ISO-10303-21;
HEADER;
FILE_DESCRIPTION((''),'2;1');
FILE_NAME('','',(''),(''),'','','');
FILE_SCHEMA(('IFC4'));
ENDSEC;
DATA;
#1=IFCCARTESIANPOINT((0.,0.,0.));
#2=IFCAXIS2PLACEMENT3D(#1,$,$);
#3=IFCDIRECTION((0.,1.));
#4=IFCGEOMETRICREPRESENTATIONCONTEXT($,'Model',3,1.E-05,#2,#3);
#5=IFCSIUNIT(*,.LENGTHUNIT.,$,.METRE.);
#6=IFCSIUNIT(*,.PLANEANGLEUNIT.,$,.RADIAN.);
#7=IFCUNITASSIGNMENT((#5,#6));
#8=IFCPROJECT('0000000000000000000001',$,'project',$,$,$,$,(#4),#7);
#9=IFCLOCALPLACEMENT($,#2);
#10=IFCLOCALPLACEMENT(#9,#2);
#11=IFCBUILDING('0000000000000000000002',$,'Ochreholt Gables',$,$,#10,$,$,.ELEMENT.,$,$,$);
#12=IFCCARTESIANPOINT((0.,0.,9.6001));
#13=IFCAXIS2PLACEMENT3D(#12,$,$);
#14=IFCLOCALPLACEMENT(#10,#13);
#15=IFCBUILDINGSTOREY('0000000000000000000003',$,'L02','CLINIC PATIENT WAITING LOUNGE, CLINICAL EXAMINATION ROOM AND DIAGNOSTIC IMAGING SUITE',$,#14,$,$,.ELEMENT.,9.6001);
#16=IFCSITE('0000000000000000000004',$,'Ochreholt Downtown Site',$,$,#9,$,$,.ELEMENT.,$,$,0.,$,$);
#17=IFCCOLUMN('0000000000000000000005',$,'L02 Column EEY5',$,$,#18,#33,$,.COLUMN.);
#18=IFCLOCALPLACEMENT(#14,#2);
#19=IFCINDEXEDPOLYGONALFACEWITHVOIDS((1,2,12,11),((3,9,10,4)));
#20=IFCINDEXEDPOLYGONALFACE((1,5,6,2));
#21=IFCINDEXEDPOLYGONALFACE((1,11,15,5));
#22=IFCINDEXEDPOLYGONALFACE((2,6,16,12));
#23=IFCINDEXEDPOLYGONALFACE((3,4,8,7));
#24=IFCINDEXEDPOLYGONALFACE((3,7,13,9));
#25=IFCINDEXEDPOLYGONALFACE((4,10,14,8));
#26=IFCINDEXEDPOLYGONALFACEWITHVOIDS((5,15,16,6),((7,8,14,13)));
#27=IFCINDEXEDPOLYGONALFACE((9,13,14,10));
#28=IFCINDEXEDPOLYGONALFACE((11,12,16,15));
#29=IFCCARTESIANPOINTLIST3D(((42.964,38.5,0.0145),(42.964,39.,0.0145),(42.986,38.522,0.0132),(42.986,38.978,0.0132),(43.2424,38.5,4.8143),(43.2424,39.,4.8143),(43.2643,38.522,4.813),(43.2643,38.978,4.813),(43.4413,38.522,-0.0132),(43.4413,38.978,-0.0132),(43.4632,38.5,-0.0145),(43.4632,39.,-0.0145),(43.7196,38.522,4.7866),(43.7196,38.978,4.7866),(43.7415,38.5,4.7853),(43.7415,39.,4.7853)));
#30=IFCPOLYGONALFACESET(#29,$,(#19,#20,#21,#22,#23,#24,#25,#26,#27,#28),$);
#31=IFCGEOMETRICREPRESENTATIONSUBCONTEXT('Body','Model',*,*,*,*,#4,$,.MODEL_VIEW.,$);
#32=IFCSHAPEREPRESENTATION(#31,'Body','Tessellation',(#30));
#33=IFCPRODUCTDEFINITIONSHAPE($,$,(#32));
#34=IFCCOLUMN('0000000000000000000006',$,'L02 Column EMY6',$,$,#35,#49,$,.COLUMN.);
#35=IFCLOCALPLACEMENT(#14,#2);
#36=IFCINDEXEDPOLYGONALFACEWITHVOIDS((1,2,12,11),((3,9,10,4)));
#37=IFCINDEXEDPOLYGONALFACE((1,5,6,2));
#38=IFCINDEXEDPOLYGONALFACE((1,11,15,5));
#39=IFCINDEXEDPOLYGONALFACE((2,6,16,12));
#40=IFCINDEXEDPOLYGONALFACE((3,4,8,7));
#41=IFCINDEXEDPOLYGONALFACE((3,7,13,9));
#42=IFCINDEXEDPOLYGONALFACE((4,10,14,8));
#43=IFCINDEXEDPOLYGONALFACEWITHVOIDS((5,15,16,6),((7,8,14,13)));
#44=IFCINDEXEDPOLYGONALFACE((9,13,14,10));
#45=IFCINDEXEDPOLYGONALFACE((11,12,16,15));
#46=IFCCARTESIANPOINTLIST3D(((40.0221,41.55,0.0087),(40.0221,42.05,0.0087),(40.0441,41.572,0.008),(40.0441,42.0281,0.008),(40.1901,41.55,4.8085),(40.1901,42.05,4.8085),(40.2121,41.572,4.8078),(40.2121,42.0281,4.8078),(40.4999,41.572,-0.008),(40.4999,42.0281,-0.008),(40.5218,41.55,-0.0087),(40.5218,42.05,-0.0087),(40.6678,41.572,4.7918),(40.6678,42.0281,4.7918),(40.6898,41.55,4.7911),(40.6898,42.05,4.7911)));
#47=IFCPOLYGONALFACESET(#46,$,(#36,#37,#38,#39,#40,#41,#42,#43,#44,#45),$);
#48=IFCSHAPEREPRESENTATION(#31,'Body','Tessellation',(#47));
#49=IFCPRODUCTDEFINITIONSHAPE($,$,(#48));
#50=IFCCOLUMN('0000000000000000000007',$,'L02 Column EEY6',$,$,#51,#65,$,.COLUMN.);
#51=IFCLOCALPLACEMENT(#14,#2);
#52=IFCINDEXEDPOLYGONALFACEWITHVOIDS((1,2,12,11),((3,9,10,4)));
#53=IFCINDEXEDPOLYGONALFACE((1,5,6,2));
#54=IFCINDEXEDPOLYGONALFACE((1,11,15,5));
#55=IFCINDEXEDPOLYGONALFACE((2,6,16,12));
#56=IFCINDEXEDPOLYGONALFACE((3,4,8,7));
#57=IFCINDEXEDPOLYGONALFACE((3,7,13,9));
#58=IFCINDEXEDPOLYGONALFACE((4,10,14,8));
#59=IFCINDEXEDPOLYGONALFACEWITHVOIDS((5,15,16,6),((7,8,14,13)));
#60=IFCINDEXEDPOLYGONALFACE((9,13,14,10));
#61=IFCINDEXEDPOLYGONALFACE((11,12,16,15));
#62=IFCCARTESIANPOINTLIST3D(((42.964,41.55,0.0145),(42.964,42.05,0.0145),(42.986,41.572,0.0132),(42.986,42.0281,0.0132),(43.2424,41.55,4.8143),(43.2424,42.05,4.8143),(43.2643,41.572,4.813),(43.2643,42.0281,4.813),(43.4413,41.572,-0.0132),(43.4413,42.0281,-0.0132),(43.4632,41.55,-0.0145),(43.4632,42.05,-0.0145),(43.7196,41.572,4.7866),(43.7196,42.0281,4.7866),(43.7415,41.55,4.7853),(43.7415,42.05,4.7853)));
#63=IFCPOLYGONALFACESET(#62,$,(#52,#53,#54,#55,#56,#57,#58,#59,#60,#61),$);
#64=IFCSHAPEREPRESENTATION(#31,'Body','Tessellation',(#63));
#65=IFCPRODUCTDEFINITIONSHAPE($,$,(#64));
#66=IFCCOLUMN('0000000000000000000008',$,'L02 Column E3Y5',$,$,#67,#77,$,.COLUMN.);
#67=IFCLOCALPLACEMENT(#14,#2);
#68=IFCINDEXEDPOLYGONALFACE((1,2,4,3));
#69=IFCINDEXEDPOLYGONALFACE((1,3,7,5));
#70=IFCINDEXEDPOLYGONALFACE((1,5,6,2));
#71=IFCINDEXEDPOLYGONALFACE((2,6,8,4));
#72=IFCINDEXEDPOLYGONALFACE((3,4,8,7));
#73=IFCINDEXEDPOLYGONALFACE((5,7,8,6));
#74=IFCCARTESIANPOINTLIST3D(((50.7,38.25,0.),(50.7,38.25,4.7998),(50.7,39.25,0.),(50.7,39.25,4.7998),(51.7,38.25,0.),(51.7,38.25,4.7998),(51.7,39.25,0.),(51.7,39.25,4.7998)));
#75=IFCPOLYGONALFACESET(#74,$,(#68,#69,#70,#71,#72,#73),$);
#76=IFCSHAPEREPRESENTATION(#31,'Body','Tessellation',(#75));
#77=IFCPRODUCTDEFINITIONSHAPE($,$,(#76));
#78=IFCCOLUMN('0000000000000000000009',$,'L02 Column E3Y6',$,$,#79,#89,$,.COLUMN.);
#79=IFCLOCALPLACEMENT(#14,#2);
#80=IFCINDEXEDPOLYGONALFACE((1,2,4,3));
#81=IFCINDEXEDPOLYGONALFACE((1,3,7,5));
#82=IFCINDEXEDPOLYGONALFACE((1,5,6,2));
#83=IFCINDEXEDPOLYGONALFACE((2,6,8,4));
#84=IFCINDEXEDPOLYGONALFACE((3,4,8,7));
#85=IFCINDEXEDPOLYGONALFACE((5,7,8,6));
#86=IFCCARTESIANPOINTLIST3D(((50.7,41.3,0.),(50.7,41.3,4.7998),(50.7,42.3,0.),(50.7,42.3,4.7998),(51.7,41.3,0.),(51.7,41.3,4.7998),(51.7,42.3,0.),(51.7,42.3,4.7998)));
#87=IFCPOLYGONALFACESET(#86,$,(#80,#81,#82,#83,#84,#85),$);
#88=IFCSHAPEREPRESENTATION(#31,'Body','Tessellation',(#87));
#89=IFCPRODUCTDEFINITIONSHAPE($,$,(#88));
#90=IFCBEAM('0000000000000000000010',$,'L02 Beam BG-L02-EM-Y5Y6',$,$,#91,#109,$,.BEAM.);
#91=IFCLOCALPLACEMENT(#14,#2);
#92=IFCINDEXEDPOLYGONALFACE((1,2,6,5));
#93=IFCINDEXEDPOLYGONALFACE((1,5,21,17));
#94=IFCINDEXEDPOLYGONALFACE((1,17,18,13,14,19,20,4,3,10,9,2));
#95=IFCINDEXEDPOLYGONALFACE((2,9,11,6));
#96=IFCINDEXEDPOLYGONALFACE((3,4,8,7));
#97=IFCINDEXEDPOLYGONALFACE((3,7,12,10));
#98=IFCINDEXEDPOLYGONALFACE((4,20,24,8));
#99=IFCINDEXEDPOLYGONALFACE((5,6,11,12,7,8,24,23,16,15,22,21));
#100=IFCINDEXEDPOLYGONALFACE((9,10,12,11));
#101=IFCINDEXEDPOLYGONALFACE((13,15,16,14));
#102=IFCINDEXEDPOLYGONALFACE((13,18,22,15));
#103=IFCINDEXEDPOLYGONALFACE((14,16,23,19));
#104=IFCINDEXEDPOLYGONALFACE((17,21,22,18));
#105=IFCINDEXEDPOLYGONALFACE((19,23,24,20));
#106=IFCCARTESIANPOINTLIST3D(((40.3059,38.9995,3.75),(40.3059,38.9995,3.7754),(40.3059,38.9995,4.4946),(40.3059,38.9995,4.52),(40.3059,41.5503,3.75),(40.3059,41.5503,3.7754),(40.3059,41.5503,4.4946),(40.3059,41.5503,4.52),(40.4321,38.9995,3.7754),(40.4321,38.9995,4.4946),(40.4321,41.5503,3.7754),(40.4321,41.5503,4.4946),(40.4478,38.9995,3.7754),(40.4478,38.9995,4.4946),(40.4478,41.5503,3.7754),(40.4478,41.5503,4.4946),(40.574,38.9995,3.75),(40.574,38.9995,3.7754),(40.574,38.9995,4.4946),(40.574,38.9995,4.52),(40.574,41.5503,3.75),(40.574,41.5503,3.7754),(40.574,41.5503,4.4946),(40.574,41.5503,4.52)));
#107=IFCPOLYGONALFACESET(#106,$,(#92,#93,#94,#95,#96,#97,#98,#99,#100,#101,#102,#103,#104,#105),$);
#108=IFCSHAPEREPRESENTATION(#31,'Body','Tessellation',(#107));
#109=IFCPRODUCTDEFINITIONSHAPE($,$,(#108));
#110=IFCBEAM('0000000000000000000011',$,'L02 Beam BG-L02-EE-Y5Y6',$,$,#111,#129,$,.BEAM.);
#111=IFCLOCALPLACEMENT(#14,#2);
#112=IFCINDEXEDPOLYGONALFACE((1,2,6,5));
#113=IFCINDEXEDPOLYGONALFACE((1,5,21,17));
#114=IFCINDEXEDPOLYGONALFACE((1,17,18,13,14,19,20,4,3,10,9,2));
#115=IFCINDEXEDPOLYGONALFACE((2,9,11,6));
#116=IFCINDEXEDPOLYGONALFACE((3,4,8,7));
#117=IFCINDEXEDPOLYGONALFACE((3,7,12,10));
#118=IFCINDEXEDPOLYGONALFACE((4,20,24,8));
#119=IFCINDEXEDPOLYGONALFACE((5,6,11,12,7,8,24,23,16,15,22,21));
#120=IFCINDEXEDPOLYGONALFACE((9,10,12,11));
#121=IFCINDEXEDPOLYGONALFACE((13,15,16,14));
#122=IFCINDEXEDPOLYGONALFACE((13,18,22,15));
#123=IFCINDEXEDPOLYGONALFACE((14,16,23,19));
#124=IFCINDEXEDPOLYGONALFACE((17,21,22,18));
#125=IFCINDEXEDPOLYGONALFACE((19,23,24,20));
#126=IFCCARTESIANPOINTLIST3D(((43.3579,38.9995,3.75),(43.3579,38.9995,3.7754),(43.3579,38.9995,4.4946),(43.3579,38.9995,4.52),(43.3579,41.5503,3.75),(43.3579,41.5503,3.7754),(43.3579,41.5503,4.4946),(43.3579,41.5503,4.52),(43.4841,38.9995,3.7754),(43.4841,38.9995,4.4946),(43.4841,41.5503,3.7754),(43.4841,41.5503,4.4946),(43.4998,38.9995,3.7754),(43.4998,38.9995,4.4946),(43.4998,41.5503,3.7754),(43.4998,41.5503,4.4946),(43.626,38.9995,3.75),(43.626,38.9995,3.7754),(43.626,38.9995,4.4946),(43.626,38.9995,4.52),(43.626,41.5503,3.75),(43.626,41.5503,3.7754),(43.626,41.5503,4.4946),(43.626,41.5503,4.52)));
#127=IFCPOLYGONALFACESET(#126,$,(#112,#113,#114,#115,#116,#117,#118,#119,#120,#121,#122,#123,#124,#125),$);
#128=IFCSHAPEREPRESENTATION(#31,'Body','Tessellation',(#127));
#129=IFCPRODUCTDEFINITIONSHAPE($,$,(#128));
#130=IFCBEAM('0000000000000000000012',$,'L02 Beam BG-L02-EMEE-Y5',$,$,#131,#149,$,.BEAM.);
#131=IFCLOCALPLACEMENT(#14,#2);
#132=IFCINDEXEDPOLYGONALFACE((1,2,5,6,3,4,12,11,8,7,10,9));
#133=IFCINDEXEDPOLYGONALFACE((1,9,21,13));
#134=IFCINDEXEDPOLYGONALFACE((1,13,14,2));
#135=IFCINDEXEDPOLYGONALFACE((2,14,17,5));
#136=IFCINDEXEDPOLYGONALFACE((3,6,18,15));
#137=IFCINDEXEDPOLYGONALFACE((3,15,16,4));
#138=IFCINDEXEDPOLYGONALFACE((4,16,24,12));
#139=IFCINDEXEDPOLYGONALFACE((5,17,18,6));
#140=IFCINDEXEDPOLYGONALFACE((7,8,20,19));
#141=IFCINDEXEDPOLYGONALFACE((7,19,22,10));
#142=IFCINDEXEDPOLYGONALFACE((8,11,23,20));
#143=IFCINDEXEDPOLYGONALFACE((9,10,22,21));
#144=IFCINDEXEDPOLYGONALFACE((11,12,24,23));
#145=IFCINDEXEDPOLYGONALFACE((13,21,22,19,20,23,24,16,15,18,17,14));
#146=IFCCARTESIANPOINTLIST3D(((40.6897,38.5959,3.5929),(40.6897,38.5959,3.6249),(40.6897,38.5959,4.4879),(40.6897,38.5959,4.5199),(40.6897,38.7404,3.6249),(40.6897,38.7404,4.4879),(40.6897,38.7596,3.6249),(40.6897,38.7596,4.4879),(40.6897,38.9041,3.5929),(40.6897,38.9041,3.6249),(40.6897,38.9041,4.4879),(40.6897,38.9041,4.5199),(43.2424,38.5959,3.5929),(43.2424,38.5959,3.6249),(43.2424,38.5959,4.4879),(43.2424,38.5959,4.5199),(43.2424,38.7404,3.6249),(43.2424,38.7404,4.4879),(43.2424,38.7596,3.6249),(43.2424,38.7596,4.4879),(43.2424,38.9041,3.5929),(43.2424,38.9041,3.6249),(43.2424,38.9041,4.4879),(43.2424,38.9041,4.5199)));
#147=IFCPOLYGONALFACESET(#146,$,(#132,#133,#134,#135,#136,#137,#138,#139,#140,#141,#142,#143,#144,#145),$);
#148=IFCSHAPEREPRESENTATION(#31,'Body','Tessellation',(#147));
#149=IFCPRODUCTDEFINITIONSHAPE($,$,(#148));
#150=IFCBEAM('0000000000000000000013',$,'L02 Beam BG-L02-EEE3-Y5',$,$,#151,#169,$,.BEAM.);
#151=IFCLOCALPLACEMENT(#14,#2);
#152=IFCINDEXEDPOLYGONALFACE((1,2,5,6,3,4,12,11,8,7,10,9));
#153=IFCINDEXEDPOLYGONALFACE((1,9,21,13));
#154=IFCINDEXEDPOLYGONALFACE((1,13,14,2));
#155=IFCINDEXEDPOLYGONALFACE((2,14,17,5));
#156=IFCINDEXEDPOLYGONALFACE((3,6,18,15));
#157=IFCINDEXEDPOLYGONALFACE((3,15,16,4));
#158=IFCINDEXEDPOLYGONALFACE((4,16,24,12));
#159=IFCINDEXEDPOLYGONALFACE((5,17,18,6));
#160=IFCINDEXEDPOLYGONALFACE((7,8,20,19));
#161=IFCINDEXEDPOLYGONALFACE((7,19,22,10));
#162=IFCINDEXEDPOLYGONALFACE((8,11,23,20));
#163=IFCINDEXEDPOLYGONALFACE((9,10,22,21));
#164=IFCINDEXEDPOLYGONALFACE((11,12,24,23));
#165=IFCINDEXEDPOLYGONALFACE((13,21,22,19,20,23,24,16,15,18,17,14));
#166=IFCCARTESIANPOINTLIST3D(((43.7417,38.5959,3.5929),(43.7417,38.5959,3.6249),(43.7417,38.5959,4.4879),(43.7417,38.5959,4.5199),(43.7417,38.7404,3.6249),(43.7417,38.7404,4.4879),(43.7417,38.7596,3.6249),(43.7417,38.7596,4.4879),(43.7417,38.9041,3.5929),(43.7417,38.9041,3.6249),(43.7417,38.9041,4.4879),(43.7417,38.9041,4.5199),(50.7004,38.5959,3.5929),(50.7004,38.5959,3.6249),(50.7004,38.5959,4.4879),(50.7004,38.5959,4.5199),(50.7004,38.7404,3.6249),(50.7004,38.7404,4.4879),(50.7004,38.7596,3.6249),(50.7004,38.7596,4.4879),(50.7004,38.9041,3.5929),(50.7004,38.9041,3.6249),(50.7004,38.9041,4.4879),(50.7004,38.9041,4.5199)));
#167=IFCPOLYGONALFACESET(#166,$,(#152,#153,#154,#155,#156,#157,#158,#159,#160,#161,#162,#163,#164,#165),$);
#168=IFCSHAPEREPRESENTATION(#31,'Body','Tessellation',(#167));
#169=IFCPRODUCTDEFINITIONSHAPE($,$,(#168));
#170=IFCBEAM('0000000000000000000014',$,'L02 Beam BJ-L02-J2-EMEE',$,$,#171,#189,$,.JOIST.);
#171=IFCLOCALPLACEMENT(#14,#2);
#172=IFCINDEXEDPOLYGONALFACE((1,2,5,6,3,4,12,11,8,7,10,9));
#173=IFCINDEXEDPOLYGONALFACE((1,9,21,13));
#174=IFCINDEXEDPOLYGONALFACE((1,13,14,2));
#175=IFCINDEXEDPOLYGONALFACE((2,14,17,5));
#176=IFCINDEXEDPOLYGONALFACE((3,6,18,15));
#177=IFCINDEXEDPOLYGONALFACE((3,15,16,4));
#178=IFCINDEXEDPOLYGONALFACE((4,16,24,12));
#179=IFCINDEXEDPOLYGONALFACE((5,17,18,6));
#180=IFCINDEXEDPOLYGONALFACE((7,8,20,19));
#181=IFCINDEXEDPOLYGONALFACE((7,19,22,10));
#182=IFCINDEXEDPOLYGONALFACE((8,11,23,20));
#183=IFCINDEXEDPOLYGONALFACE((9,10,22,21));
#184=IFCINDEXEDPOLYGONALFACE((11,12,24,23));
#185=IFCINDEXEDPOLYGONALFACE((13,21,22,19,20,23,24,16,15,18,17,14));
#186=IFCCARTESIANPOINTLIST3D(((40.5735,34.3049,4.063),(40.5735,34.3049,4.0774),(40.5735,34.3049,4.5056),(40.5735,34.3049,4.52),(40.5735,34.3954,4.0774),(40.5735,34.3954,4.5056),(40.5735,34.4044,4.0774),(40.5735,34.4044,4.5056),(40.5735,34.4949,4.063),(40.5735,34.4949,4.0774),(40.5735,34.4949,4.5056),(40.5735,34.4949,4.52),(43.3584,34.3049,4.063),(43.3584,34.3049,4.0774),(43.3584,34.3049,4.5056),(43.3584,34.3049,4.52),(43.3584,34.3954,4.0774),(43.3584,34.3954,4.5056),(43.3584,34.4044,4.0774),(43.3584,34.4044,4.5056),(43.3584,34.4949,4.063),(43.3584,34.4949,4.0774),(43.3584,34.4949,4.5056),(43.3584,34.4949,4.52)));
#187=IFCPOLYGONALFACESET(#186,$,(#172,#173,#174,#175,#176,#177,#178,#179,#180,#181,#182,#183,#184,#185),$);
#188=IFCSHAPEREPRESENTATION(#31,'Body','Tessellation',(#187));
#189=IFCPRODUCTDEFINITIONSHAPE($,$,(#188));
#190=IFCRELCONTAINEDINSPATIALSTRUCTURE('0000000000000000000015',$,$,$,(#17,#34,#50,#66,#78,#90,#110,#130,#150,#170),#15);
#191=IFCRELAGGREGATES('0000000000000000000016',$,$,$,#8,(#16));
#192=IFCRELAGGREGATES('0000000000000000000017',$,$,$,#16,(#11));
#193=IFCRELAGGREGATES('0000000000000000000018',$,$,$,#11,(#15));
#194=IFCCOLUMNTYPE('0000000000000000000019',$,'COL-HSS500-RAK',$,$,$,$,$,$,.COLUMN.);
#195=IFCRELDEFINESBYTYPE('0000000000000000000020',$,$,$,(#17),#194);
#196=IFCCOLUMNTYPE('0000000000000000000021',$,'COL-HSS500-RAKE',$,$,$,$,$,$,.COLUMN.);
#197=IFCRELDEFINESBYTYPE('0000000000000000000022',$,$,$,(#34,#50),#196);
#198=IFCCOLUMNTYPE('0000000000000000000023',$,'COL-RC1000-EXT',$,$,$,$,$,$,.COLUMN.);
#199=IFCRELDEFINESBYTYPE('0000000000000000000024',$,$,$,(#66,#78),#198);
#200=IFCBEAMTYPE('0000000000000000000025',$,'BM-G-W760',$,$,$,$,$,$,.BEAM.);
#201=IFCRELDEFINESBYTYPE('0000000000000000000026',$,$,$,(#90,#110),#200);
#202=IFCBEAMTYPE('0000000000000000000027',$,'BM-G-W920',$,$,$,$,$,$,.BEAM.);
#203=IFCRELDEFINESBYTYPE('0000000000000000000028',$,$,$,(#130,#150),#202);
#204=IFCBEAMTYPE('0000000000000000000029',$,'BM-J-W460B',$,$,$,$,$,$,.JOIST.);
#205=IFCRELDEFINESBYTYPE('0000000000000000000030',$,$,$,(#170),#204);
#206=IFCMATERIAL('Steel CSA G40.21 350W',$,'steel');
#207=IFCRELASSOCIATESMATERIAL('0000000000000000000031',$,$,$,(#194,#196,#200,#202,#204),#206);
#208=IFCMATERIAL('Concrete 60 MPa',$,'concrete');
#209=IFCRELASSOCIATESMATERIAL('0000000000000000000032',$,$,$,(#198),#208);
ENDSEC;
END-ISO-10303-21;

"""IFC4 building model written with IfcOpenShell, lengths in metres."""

from ifc_helpers import new_model, si_unit, direction, frame, origin, origin_2d, place, context, subcontext, project, spatial, rectangle, hollow_rectangle, i_section, extrude, material, material_profile, profile_set, type_object, element, save


model = new_model("IFC4")

# Units and contexts
model_context = context("Model", 3, precision=1e-05, world=origin(), true_north=direction((0.0, 1.0)))
body_context = subcontext(model_context, "Body", "Model", "MODEL_VIEW")
ifc_project = project(units=[si_unit("LENGTHUNIT", "METRE"), si_unit("PLANEANGLEUNIT", "RADIAN")], contexts=[model_context])

# Site, building, storey
site_placement = place(None, origin())
site = spatial("IfcSite", under=ifc_project, at=site_placement, Name="Ochreholt Downtown Site", CompositionType="ELEMENT", RefElevation=0.0)
building_placement = place(site_placement, origin())
building = spatial("IfcBuilding", under=site, at=building_placement, Name="Ochreholt Gables", CompositionType="ELEMENT")
storey_placement = place(building_placement, frame((0.0, 0.0, 9.6001)))
storey = spatial("IfcBuildingStorey", under=building, at=storey_placement, Name="L02", Description="CLINIC PATIENT WAITING LOUNGE, CLINICAL EXAMINATION ROOM AND DIAGNOSTIC IMAGING SUITE", CompositionType="ELEMENT", Elevation=9.6001)

# Columns
ifc_material_1 = material(Name="Steel CSA G40.21 350W", Category="steel")
ifc_material_profile_1 = material_profile(ifc_material_1, hollow_rectangle(XDim=0.5, YDim=0.5, WallThickness=0.022, at=origin_2d()), Name="HSS500X500X22")
ifc_profile_set_1 = profile_set([ifc_material_profile_1], Name="Steel CSA G40.21 350W")
column_type_1 = type_object("IfcColumnType", Name="COL-HSS500-RAK", PredefinedType="COLUMN", material=ifc_profile_set_1)
column_1_placement = place(storey_placement, frame((43.2136, 38.75, 0.0), z_axis=(0.057889, 0.0, 0.998323), x_axis=(0.0, 1.0, 0.0)))
element("IfcColumn", 1, at=column_1_placement, inside=storey, type_object=column_type_1, Name="L02 Column EEY5", PredefinedType="COLUMN", context=body_context, shape_type="SweptSolid", body=[
    extrude(hollow_rectangle(XDim=0.5, YDim=0.5, WallThickness=0.022, at=origin_2d()), origin(), (0.0, 0.0, 1.0), 4.8079),
])
ifc_material_profile_2 = material_profile(ifc_material_1, hollow_rectangle(XDim=0.5, YDim=0.5, WallThickness=0.022, at=origin_2d()), Name="HSS500X500X22")
ifc_profile_set_2 = profile_set([ifc_material_profile_2], Name="Steel CSA G40.21 350W")
column_type_2 = type_object("IfcColumnType", Name="COL-HSS500-RAKE", PredefinedType="COLUMN", material=ifc_profile_set_2)
column_2_placement = place(storey_placement, frame((40.272, 41.8, 0.0), z_axis=(0.034974, 0.0, 0.999388), x_axis=(0.0, 1.0, 0.0)))
element("IfcColumn", 2, at=column_2_placement, inside=storey, type_object=column_type_2, Name="L02 Column EMY6", PredefinedType="COLUMN", context=body_context, shape_type="SweptSolid", body=[
    extrude(hollow_rectangle(XDim=0.5, YDim=0.5, WallThickness=0.022, at=origin_2d()), origin(), (0.0, 0.0, 1.0), 4.8027),
])
column_3_placement = place(storey_placement, frame((43.2136, 41.8, 0.0), z_axis=(0.057889, 0.0, 0.998323), x_axis=(0.0, 1.0, 0.0)))
element("IfcColumn", 3, at=column_3_placement, inside=storey, type_object=column_type_2, Name="L02 Column EEY6", PredefinedType="COLUMN", context=body_context, shape_type="SweptSolid", body=[
    extrude(hollow_rectangle(XDim=0.5, YDim=0.5, WallThickness=0.022, at=origin_2d()), origin(), (0.0, 0.0, 1.0), 4.8079),
])
ifc_material_2 = material(Name="Concrete 60 MPa", Category="concrete")
ifc_material_profile_3 = material_profile(ifc_material_2, rectangle(XDim=1.0, YDim=1.0, at=origin_2d()), Name="RC1000X1000")
ifc_profile_set_3 = profile_set([ifc_material_profile_3], Name="Concrete 60 MPa")
column_type_3 = type_object("IfcColumnType", Name="COL-RC1000-EXT", PredefinedType="COLUMN", material=ifc_profile_set_3)
for number, where, z_axis, x_axis, name in (
    (4, (51.2, 38.75, 0.0), (0.0, 0.0, 1.0), (1.0, 0.0, 0.0), "L02 Column E3Y5"),
    (5, (51.2, 41.8, 0.0), (0.0, 0.0, 1.0), (1.0, 0.0, 0.0), "L02 Column E3Y6"),
):
    element("IfcColumn", number, at=place(storey_placement, frame(where, z_axis=z_axis, x_axis=x_axis)), inside=storey, type_object=column_type_3, Name=name, PredefinedType="COLUMN", context=body_context, shape_type="SweptSolid", body=[
        extrude(rectangle(XDim=1.0, YDim=1.0, at=origin_2d()), origin(), (0.0, 0.0, 1.0), 4.7998),
    ])

# Beams
ifc_material_profile_4 = material_profile(ifc_material_1, i_section(OverallWidth=0.2681, OverallDepth=0.77, WebThickness=0.0156, FlangeThickness=0.0254, at=origin_2d()), Name="W760X196")
ifc_profile_set_4 = profile_set([ifc_material_profile_4], Name="Steel CSA G40.21 350W")
beam_type_1 = type_object("IfcBeamType", Name="BM-G-W760", PredefinedType="BEAM", material=ifc_profile_set_4)
for number, where, z_axis, x_axis, name in (
    (6, (40.4399, 38.9995, 4.135), (0.0, 1.0, 0.0), (-1.0, 0.0, 0.0), "L02 Beam BG-L02-EM-Y5Y6"),
    (7, (43.4919, 38.9995, 4.135), (0.0, 1.0, 0.0), (-1.0, 0.0, 0.0), "L02 Beam BG-L02-EE-Y5Y6"),
):
    element("IfcBeam", number, at=place(storey_placement, frame(where, z_axis=z_axis, x_axis=x_axis)), inside=storey, type_object=beam_type_1, Name=name, PredefinedType="BEAM", context=body_context, shape_type="SweptSolid", body=[
        extrude(i_section(OverallWidth=0.2681, OverallDepth=0.77, WebThickness=0.0156, FlangeThickness=0.0254, at=origin_2d()), origin(), (0.0, 0.0, 1.0), 2.5508),
    ])
ifc_material_profile_5 = material_profile(ifc_material_1, i_section(OverallWidth=0.3081, OverallDepth=0.927, WebThickness=0.0193, FlangeThickness=0.032, at=origin_2d()), Name="W920X289")
ifc_profile_set_5 = profile_set([ifc_material_profile_5], Name="Steel CSA G40.21 350W")
beam_type_2 = type_object("IfcBeamType", Name="BM-G-W920", PredefinedType="BEAM", material=ifc_profile_set_5)
beam_1_placement = place(storey_placement, frame((40.6897, 38.75, 4.0564), z_axis=(1.0, 0.0, 0.0), x_axis=(0.0, 1.0, 0.0)))
element("IfcBeam", 8, at=beam_1_placement, inside=storey, type_object=beam_type_2, Name="L02 Beam BG-L02-EMEE-Y5", PredefinedType="BEAM", context=body_context, shape_type="SweptSolid", body=[
    extrude(i_section(OverallWidth=0.3081, OverallDepth=0.927, WebThickness=0.0193, FlangeThickness=0.032, at=origin_2d()), origin(), (0.0, 0.0, 1.0), 2.5527),
])
beam_2_placement = place(storey_placement, frame((43.7417, 38.75, 4.0564), z_axis=(1.0, 0.0, 0.0), x_axis=(0.0, 1.0, 0.0)))
element("IfcBeam", 9, at=beam_2_placement, inside=storey, type_object=beam_type_2, Name="L02 Beam BG-L02-EEE3-Y5", PredefinedType="BEAM", context=body_context, shape_type="SweptSolid", body=[
    extrude(i_section(OverallWidth=0.3081, OverallDepth=0.927, WebThickness=0.0193, FlangeThickness=0.032, at=origin_2d()), origin(), (0.0, 0.0, 1.0), 6.9587),
])
ifc_material_profile_6 = material_profile(ifc_material_1, i_section(OverallWidth=0.1899, OverallDepth=0.457, WebThickness=0.009, FlangeThickness=0.0144, at=origin_2d()), Name="W460X74")
ifc_profile_set_6 = profile_set([ifc_material_profile_6], Name="Steel CSA G40.21 350W")
beam_type_3 = type_object("IfcBeamType", Name="BM-J-W460B", PredefinedType="JOIST", material=ifc_profile_set_6)
beam_3_placement = place(storey_placement, frame((40.5735, 34.3999, 4.2915), z_axis=(1.0, 0.0, 0.0), x_axis=(0.0, 1.0, 0.0)))
element("IfcBeam", 10, at=beam_3_placement, inside=storey, type_object=beam_type_3, Name="L02 Beam BJ-L02-J2-EMEE", PredefinedType="JOIST", context=body_context, shape_type="SweptSolid", body=[
    extrude(i_section(OverallWidth=0.1899, OverallDepth=0.457, WebThickness=0.009, FlangeThickness=0.0144, at=origin_2d()), origin(), (0.0, 0.0, 1.0), 2.7849),
])

save(model, "model.ifc")
